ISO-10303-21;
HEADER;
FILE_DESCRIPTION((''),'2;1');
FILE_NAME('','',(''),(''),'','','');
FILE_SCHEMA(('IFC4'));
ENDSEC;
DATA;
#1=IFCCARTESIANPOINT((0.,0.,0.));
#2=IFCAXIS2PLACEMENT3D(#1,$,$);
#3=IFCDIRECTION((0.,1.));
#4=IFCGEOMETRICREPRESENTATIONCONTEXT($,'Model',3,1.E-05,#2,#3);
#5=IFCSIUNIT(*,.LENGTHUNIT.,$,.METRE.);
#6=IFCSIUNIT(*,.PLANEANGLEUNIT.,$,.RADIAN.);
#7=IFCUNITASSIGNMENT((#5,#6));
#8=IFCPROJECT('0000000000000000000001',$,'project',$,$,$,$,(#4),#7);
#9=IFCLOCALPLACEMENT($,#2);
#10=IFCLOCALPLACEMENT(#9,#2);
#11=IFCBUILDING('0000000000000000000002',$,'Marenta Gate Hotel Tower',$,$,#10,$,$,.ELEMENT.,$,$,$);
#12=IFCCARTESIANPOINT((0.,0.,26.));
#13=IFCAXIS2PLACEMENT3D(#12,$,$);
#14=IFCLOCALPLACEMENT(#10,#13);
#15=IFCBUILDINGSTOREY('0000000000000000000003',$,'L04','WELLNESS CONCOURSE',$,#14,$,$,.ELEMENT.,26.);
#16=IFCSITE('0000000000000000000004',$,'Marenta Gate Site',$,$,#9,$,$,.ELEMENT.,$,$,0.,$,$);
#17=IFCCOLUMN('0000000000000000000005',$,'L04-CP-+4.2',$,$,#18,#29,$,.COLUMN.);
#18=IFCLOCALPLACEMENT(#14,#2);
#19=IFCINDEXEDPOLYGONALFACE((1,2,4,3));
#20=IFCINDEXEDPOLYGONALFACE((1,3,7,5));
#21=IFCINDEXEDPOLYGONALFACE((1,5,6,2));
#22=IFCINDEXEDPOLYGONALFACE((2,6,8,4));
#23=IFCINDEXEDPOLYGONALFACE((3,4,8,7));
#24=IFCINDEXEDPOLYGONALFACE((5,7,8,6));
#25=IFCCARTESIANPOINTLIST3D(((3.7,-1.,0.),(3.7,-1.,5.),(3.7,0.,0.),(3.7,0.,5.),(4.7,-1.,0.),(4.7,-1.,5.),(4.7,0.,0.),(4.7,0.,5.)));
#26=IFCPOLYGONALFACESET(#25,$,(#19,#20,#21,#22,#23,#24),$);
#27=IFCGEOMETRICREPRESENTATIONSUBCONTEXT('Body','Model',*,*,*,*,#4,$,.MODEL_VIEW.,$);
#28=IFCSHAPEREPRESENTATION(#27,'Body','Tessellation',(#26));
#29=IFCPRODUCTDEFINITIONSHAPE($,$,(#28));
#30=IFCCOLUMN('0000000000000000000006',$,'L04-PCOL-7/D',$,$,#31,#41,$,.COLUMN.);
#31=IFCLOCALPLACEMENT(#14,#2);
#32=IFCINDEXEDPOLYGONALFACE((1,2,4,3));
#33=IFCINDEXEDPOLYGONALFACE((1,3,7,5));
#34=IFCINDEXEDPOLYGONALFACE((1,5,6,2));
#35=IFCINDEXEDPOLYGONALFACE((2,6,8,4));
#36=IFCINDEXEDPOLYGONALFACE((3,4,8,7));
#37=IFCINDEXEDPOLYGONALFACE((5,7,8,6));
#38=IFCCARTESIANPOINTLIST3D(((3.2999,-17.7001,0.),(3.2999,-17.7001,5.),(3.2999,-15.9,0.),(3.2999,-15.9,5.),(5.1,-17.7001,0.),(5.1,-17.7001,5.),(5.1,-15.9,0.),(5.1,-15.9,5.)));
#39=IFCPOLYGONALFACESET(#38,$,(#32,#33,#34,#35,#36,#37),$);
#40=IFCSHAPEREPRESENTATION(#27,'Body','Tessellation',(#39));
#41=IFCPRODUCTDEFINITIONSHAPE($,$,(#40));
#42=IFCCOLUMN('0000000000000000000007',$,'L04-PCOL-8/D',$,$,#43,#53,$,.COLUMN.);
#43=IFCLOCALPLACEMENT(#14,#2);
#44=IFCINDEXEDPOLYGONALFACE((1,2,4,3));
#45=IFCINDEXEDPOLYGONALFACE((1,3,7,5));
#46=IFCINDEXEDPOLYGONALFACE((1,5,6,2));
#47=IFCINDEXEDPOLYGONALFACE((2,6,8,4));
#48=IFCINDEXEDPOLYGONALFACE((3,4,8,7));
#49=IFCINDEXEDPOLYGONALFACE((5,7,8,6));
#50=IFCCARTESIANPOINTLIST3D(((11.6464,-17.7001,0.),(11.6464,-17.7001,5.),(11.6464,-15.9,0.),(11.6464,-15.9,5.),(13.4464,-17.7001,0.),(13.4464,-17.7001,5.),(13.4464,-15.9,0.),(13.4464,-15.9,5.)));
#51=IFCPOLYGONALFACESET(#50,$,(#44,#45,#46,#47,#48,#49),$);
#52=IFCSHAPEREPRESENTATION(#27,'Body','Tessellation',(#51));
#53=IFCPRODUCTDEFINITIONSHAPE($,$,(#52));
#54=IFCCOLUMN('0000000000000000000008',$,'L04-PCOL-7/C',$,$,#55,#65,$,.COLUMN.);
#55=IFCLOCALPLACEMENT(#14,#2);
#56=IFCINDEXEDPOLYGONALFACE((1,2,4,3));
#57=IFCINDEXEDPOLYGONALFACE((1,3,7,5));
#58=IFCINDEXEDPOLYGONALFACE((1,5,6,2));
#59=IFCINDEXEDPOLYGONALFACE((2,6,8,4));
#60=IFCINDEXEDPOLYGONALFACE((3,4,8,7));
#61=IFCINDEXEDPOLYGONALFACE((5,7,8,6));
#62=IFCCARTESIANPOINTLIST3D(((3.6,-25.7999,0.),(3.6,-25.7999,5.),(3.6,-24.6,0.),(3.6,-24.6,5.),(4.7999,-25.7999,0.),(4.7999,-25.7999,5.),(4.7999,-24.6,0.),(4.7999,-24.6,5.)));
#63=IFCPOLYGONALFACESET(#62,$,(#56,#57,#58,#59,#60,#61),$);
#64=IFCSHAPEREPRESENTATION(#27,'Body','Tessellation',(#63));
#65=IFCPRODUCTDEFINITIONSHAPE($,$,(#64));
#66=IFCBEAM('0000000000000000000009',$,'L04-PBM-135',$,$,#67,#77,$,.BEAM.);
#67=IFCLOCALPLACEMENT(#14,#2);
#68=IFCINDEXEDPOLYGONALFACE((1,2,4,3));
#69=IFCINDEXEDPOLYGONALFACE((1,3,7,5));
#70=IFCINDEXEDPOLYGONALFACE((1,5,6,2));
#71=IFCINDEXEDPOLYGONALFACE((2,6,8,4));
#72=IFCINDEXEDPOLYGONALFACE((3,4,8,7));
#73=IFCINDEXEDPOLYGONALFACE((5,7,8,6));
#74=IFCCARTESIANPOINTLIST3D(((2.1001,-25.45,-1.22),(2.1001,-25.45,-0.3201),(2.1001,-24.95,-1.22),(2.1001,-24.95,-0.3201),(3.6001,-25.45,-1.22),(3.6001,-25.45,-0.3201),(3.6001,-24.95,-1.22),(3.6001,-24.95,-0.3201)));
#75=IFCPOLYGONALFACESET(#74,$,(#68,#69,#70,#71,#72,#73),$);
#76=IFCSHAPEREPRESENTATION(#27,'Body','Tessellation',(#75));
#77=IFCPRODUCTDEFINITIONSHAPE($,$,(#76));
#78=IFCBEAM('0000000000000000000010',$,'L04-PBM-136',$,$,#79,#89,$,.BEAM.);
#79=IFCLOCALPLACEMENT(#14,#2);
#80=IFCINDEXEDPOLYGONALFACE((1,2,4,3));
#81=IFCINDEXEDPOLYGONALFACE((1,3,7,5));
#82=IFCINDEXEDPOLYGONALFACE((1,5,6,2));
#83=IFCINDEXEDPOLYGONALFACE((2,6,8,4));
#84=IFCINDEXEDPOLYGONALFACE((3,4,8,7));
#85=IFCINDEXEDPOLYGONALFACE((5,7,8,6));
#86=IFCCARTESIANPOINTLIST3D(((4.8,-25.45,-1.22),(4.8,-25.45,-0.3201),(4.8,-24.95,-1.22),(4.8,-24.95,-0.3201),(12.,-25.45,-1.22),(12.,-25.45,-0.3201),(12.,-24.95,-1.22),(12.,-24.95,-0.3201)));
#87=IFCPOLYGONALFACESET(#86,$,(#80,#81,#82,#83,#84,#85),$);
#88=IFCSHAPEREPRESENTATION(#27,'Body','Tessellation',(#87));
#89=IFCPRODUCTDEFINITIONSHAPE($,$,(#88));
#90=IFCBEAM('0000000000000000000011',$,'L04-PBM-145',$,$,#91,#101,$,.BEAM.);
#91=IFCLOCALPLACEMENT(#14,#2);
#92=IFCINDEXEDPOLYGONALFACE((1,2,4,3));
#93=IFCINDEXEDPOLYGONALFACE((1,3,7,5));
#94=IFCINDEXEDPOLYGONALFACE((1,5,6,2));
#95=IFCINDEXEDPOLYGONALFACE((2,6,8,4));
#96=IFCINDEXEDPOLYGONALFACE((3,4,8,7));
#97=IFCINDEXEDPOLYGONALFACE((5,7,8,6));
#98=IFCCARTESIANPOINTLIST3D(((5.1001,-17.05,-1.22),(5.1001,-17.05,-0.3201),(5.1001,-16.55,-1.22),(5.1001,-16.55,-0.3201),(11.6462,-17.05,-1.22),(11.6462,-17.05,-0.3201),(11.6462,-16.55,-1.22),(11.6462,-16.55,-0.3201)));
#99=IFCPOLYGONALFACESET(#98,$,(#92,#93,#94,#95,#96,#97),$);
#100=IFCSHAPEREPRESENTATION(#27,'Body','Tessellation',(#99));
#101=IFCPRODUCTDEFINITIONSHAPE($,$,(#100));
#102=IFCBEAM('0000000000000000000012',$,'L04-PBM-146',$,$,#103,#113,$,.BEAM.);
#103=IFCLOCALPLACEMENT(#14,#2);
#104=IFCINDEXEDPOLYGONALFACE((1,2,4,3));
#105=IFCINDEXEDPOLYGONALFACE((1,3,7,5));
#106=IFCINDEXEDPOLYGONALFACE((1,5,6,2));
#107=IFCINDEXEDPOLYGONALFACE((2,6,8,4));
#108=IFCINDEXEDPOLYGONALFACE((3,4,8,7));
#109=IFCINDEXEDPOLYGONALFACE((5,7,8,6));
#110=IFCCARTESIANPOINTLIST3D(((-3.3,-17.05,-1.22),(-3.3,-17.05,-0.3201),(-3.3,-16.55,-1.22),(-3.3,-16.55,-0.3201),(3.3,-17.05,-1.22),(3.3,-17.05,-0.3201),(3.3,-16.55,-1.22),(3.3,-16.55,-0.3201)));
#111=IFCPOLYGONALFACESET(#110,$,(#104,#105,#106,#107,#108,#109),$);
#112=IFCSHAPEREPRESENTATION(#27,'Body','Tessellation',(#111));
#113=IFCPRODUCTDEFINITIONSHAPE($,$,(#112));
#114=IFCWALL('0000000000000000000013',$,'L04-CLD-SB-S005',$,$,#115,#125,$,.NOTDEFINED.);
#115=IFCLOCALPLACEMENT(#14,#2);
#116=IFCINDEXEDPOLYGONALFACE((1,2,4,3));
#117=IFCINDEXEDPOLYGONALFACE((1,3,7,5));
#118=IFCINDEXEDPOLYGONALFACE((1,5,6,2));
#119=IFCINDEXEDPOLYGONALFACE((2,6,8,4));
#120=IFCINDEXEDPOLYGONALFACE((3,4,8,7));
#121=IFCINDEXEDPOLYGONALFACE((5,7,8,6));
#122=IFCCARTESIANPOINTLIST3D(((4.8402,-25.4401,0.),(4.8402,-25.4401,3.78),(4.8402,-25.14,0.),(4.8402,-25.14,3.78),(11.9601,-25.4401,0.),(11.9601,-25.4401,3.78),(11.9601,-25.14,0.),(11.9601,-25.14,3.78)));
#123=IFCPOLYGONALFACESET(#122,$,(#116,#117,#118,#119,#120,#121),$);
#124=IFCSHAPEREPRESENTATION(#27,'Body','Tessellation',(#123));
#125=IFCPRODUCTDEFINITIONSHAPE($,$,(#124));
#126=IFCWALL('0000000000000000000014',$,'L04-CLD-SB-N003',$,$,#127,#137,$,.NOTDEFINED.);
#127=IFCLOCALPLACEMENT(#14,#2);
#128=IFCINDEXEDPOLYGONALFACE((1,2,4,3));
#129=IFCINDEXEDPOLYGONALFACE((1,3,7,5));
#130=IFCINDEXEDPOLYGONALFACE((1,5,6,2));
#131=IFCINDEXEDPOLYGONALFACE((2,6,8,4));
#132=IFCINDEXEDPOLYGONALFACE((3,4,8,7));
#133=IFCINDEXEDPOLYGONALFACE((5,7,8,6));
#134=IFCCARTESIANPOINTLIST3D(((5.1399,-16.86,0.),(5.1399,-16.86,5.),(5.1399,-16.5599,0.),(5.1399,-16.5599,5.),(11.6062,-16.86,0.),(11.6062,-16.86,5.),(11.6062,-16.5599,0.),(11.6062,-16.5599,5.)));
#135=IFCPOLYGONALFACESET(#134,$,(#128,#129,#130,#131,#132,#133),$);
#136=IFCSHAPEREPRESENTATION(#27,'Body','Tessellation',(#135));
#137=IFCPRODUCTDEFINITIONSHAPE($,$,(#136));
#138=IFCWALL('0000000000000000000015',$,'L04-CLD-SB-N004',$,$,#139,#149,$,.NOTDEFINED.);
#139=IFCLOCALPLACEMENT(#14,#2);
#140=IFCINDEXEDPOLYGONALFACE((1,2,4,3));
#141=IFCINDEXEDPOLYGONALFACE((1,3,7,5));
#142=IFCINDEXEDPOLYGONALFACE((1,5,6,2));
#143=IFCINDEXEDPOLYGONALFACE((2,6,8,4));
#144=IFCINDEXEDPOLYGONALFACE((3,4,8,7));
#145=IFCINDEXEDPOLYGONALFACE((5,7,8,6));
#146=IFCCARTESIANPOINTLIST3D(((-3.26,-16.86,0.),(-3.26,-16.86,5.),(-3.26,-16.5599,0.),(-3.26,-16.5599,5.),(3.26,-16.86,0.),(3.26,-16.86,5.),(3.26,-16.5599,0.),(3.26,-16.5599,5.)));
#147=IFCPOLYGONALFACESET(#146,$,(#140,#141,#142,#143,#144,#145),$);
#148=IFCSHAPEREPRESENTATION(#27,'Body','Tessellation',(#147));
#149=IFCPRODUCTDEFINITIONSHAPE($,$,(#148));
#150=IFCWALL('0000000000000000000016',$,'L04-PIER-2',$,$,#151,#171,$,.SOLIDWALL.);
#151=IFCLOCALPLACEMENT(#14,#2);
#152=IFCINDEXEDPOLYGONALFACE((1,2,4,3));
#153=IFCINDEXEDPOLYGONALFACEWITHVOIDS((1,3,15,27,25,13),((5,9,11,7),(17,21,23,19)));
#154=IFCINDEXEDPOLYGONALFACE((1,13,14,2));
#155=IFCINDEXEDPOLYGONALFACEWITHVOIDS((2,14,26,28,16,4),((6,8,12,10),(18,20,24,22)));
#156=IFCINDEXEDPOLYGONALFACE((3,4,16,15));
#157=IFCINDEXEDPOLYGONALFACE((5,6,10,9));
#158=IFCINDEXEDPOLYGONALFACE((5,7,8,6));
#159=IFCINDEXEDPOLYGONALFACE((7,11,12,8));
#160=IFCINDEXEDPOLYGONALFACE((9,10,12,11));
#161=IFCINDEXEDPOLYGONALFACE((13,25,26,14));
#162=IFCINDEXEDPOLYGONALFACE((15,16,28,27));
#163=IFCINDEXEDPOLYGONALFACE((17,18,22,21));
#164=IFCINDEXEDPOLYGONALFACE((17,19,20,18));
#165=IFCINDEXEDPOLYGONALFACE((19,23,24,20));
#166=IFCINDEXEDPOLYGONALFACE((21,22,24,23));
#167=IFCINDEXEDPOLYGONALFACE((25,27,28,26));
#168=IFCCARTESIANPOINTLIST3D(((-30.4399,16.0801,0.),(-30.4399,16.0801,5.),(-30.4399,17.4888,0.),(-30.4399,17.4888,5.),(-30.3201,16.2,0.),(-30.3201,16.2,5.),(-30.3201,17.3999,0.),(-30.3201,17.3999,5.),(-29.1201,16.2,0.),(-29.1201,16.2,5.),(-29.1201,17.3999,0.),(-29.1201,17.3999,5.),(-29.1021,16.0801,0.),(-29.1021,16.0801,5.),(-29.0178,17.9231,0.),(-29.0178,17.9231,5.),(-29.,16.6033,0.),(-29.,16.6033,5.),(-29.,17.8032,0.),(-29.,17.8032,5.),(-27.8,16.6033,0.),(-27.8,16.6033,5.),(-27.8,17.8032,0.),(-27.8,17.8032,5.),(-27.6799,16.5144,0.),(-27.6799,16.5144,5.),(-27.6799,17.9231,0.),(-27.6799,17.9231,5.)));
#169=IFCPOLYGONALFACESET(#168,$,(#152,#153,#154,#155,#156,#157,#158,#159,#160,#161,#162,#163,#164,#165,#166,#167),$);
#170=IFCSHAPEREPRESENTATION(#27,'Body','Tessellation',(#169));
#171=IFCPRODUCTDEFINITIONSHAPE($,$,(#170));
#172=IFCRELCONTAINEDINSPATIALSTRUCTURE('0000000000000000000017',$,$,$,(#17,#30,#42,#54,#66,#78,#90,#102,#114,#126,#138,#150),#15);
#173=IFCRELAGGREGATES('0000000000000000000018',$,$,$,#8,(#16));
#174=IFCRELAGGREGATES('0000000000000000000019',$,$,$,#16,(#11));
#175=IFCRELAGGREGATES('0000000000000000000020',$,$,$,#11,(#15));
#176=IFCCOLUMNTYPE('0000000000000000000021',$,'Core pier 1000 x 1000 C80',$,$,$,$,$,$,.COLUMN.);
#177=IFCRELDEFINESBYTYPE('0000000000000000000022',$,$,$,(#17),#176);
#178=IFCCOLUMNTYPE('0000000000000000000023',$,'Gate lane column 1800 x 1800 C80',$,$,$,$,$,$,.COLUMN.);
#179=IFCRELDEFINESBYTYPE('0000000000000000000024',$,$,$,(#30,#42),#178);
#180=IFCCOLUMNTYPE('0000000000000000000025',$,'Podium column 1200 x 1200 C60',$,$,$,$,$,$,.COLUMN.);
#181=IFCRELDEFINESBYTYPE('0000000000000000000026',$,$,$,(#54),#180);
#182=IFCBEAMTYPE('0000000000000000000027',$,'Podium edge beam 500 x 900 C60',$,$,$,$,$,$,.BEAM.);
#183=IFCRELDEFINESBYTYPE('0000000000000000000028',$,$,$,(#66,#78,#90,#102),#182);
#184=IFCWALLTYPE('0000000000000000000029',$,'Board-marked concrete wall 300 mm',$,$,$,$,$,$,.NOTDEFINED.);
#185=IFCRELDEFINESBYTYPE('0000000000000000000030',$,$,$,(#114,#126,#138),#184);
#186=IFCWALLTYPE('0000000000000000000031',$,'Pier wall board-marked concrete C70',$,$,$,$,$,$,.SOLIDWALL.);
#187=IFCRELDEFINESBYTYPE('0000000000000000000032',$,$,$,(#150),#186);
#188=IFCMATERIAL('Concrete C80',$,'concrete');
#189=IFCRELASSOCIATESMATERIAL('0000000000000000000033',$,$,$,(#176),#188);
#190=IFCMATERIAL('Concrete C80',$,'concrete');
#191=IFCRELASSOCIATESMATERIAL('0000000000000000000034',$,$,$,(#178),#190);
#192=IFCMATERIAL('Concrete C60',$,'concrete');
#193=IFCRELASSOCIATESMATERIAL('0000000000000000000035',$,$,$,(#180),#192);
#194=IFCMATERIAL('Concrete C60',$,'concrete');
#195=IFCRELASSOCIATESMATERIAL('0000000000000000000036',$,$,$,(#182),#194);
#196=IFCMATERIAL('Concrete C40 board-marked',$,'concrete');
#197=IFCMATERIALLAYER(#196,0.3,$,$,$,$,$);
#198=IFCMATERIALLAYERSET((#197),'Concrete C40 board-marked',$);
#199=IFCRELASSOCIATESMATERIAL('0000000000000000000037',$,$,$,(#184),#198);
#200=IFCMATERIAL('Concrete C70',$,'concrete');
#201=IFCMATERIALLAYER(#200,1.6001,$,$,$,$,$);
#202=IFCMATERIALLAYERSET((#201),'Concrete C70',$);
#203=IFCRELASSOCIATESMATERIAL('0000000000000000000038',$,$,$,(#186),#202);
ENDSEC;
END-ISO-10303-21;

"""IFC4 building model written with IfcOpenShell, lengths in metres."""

from ifc_helpers import new_model, si_unit, direction, frame, frame_2d, origin, origin_2d, place, context, subcontext, project, spatial, polyline, rectangle, outline, extrude, material, layer, layer_set, material_profile, profile_set, type_object, element, save


model = new_model("IFC4")

# Units and contexts
model_context = context("Model", 3, precision=1e-05, world=origin(), true_north=direction((0.0, 1.0)))
body_context = subcontext(model_context, "Body", "Model", "MODEL_VIEW")
ifc_project = project(units=[si_unit("LENGTHUNIT", "METRE"), si_unit("PLANEANGLEUNIT", "RADIAN")], contexts=[model_context])

# Site, building, storey
site_placement = place(None, origin())
site = spatial("IfcSite", under=ifc_project, at=site_placement, Name="Marenta Gate Site", CompositionType="ELEMENT", RefElevation=0.0)
building_placement = place(site_placement, origin())
building = spatial("IfcBuilding", under=site, at=building_placement, Name="Marenta Gate Hotel Tower", CompositionType="ELEMENT")
storey_placement = place(building_placement, frame((0.0, 0.0, 26.0)))
storey = spatial("IfcBuildingStorey", under=building, at=storey_placement, Name="L04", Description="WELLNESS CONCOURSE", CompositionType="ELEMENT", Elevation=26.0)

# Columns
ifc_material_1 = material(Name="Concrete C80", Category="concrete")
ifc_material_profile_1 = material_profile(ifc_material_1, rectangle(XDim=1.0, YDim=1.0, at=origin_2d()), Name="1000 x 1000")
ifc_profile_set_1 = profile_set([ifc_material_profile_1], Name="Concrete C80")
column_type_1 = type_object("IfcColumnType", Name="Core pier 1000 x 1000 C80", PredefinedType="COLUMN", material=ifc_profile_set_1)
column_1_placement = place(storey_placement, frame((4.2, -0.5, 0.0), z_axis=(0.0, 0.0, 1.0), x_axis=(1.0, 0.0, 0.0)))
element("IfcColumn", 1, at=column_1_placement, inside=storey, type_object=column_type_1, Name="L04-CP-+4.2", PredefinedType="COLUMN", context=body_context, shape_type="SweptSolid", body=[
    extrude(rectangle(XDim=1.0, YDim=1.0, at=origin_2d()), origin(), (0.0, 0.0, 1.0), 5.0),
])
ifc_material_2 = material(Name="Concrete C80", Category="concrete")
ifc_material_profile_2 = material_profile(ifc_material_2, rectangle(XDim=1.8, YDim=1.8, at=origin_2d()), Name="1800 x 1800")
ifc_profile_set_2 = profile_set([ifc_material_profile_2], Name="Concrete C80")
column_type_2 = type_object("IfcColumnType", Name="Gate lane column 1800 x 1800 C80", PredefinedType="COLUMN", material=ifc_profile_set_2)
for number, where, z_axis, x_axis, name in (
    (2, (4.2, -16.8, 0.0), (0.0, 0.0, 1.0), (1.0, 0.0, 0.0), "L04-PCOL-7/D"),
    (3, (12.5464, -16.8, 0.0), (0.0, 0.0, 1.0), (1.0, 0.0, 0.0), "L04-PCOL-8/D"),
):
    element("IfcColumn", number, at=place(storey_placement, frame(where, z_axis=z_axis, x_axis=x_axis)), inside=storey, type_object=column_type_2, Name=name, PredefinedType="COLUMN", context=body_context, shape_type="SweptSolid", body=[
        extrude(rectangle(XDim=1.8, YDim=1.8, at=origin_2d()), origin(), (0.0, 0.0, 1.0), 5.0),
    ])
ifc_material_3 = material(Name="Concrete C60", Category="concrete")
ifc_material_profile_3 = material_profile(ifc_material_3, rectangle(XDim=1.2, YDim=1.2, at=origin_2d()), Name="1200 x 1200")
ifc_profile_set_3 = profile_set([ifc_material_profile_3], Name="Concrete C60")
column_type_3 = type_object("IfcColumnType", Name="Podium column 1200 x 1200 C60", PredefinedType="COLUMN", material=ifc_profile_set_3)
column_2_placement = place(storey_placement, frame((4.2, -25.2, 0.0), z_axis=(0.0, 0.0, 1.0), x_axis=(1.0, 0.0, 0.0)))
element("IfcColumn", 4, at=column_2_placement, inside=storey, type_object=column_type_3, Name="L04-PCOL-7/C", PredefinedType="COLUMN", context=body_context, shape_type="SweptSolid", body=[
    extrude(rectangle(XDim=1.2, YDim=1.2, at=origin_2d()), origin(), (0.0, 0.0, 1.0), 5.0),
])

# Beams
ifc_material_4 = material(Name="Concrete C60", Category="concrete")
ifc_material_profile_4 = material_profile(ifc_material_4, rectangle(XDim=0.5, YDim=0.8999, at=origin_2d()), Name="500 x 900")
ifc_profile_set_4 = profile_set([ifc_material_profile_4], Name="Concrete C60")
beam_type = type_object("IfcBeamType", Name="Podium edge beam 500 x 900 C60", PredefinedType="BEAM", material=ifc_profile_set_4)
beam_1_placement = place(storey_placement, frame((2.1001, -25.2, -0.77), z_axis=(1.0, 0.0, 0.0), x_axis=(0.0, 1.0, 0.0)))
element("IfcBeam", 5, at=beam_1_placement, inside=storey, type_object=beam_type, Name="L04-PBM-135", PredefinedType="BEAM", context=body_context, shape_type="SweptSolid", body=[
    extrude(rectangle(XDim=0.5, YDim=0.8999, at=origin_2d()), origin(), (0.0, 0.0, 1.0), 1.5),
])
beam_2_placement = place(storey_placement, frame((4.8, -25.2, -0.77), z_axis=(1.0, 0.0, 0.0), x_axis=(0.0, 1.0, 0.0)))
element("IfcBeam", 6, at=beam_2_placement, inside=storey, type_object=beam_type, Name="L04-PBM-136", PredefinedType="BEAM", context=body_context, shape_type="SweptSolid", body=[
    extrude(rectangle(XDim=0.5, YDim=0.8999, at=origin_2d()), origin(), (0.0, 0.0, 1.0), 7.2),
])
beam_3_placement = place(storey_placement, frame((11.6462, -16.8, -0.77), z_axis=(-1.0, 0.0, 0.0), x_axis=(0.0, -1.0, 0.0)))
element("IfcBeam", 7, at=beam_3_placement, inside=storey, type_object=beam_type, Name="L04-PBM-145", PredefinedType="BEAM", context=body_context, shape_type="SweptSolid", body=[
    extrude(rectangle(XDim=0.5, YDim=0.8999, at=origin_2d()), origin(), (0.0, 0.0, 1.0), 6.5461),
])
beam_4_placement = place(storey_placement, frame((3.3, -16.8, -0.77), z_axis=(-1.0, 0.0, 0.0), x_axis=(0.0, -1.0, 0.0)))
element("IfcBeam", 8, at=beam_4_placement, inside=storey, type_object=beam_type, Name="L04-PBM-146", PredefinedType="BEAM", context=body_context, shape_type="SweptSolid", body=[
    extrude(rectangle(XDim=0.5, YDim=0.8999, at=origin_2d()), origin(), (0.0, 0.0, 1.0), 6.6001),
])

# Walls
ifc_material_5 = material(Name="Concrete C40 board-marked", Category="concrete")
ifc_layer_1 = layer(ifc_material_5, 0.3)
ifc_layer_set_1 = layer_set([ifc_layer_1], Name="Concrete C40 board-marked")
wall_type_1 = type_object("IfcWallType", Name="Board-marked concrete wall 300 mm", PredefinedType="NOTDEFINED", material=ifc_layer_set_1)
wall_1_placement = place(storey_placement, frame((4.8401, -25.29, 0.0), z_axis=(0.0, 0.0, 1.0), x_axis=(1.0, 0.0, 0.0)))
element("IfcWall", 9, at=wall_1_placement, inside=storey, type_object=wall_type_1, Name="L04-CLD-SB-S005", PredefinedType="NOTDEFINED", context=body_context, shape_type="SweptSolid", body=[
    extrude(rectangle(XDim=7.1199, YDim=0.3, at=frame_2d((3.5601, 0.0))), origin(), (0.0, 0.0, 1.0), 3.78),
])
wall_2_placement = place(storey_placement, frame((11.6062, -16.71, 0.0), z_axis=(0.0, 0.0, 1.0), x_axis=(-1.0, 0.0, 0.0)))
element("IfcWall", 10, at=wall_2_placement, inside=storey, type_object=wall_type_1, Name="L04-CLD-SB-N003", PredefinedType="NOTDEFINED", context=body_context, shape_type="SweptSolid", body=[
    extrude(rectangle(XDim=6.4663, YDim=0.3, at=frame_2d((3.2332, 0.0))), origin(), (0.0, 0.0, 1.0), 5.0),
])
wall_3_placement = place(storey_placement, frame((3.26, -16.71, 0.0), z_axis=(0.0, 0.0, 1.0), x_axis=(-1.0, 0.0, 0.0)))
element("IfcWall", 11, at=wall_3_placement, inside=storey, type_object=wall_type_1, Name="L04-CLD-SB-N004", PredefinedType="NOTDEFINED", context=body_context, shape_type="SweptSolid", body=[
    extrude(rectangle(XDim=6.52, YDim=0.3, at=frame_2d((3.26, 0.0))), origin(), (0.0, 0.0, 1.0), 5.0),
])
ifc_material_6 = material(Name="Concrete C70", Category="concrete")
ifc_layer_2 = layer(ifc_material_6, 1.6001)
ifc_layer_set_2 = layer_set([ifc_layer_2], Name="Concrete C70")
wall_type_2 = type_object("IfcWallType", Name="Pier wall board-marked concrete C70", PredefinedType="SOLIDWALL", material=ifc_layer_set_2)
wall_4_placement = place(storey_placement, origin())
element("IfcWall", 12, at=wall_4_placement, inside=storey, type_object=wall_type_2, Name="L04-PIER-2", PredefinedType="SOLIDWALL", context=body_context, shape_type="SweptSolid", body=[
    extrude(outline(polyline([(-30.4399, 17.4888), (-29.0178, 17.9231), (-27.6799, 17.9231), (-27.6799, 16.5144), (-29.1021, 16.0801), (-30.4399, 16.0801), (-30.4399, 17.4888)]), holes=[polyline([(-29.0, 16.6033), (-27.8, 16.6033), (-27.8, 17.8032), (-29.0, 17.8032), (-29.0, 16.6033)]), polyline([(-30.3201, 16.2), (-29.1201, 16.2), (-29.1201, 17.3999), (-30.3201, 17.3999), (-30.3201, 16.2)])]), origin(), (0.0, 0.0, 1.0), 5.0),
])

save(model, "model.ifc")
